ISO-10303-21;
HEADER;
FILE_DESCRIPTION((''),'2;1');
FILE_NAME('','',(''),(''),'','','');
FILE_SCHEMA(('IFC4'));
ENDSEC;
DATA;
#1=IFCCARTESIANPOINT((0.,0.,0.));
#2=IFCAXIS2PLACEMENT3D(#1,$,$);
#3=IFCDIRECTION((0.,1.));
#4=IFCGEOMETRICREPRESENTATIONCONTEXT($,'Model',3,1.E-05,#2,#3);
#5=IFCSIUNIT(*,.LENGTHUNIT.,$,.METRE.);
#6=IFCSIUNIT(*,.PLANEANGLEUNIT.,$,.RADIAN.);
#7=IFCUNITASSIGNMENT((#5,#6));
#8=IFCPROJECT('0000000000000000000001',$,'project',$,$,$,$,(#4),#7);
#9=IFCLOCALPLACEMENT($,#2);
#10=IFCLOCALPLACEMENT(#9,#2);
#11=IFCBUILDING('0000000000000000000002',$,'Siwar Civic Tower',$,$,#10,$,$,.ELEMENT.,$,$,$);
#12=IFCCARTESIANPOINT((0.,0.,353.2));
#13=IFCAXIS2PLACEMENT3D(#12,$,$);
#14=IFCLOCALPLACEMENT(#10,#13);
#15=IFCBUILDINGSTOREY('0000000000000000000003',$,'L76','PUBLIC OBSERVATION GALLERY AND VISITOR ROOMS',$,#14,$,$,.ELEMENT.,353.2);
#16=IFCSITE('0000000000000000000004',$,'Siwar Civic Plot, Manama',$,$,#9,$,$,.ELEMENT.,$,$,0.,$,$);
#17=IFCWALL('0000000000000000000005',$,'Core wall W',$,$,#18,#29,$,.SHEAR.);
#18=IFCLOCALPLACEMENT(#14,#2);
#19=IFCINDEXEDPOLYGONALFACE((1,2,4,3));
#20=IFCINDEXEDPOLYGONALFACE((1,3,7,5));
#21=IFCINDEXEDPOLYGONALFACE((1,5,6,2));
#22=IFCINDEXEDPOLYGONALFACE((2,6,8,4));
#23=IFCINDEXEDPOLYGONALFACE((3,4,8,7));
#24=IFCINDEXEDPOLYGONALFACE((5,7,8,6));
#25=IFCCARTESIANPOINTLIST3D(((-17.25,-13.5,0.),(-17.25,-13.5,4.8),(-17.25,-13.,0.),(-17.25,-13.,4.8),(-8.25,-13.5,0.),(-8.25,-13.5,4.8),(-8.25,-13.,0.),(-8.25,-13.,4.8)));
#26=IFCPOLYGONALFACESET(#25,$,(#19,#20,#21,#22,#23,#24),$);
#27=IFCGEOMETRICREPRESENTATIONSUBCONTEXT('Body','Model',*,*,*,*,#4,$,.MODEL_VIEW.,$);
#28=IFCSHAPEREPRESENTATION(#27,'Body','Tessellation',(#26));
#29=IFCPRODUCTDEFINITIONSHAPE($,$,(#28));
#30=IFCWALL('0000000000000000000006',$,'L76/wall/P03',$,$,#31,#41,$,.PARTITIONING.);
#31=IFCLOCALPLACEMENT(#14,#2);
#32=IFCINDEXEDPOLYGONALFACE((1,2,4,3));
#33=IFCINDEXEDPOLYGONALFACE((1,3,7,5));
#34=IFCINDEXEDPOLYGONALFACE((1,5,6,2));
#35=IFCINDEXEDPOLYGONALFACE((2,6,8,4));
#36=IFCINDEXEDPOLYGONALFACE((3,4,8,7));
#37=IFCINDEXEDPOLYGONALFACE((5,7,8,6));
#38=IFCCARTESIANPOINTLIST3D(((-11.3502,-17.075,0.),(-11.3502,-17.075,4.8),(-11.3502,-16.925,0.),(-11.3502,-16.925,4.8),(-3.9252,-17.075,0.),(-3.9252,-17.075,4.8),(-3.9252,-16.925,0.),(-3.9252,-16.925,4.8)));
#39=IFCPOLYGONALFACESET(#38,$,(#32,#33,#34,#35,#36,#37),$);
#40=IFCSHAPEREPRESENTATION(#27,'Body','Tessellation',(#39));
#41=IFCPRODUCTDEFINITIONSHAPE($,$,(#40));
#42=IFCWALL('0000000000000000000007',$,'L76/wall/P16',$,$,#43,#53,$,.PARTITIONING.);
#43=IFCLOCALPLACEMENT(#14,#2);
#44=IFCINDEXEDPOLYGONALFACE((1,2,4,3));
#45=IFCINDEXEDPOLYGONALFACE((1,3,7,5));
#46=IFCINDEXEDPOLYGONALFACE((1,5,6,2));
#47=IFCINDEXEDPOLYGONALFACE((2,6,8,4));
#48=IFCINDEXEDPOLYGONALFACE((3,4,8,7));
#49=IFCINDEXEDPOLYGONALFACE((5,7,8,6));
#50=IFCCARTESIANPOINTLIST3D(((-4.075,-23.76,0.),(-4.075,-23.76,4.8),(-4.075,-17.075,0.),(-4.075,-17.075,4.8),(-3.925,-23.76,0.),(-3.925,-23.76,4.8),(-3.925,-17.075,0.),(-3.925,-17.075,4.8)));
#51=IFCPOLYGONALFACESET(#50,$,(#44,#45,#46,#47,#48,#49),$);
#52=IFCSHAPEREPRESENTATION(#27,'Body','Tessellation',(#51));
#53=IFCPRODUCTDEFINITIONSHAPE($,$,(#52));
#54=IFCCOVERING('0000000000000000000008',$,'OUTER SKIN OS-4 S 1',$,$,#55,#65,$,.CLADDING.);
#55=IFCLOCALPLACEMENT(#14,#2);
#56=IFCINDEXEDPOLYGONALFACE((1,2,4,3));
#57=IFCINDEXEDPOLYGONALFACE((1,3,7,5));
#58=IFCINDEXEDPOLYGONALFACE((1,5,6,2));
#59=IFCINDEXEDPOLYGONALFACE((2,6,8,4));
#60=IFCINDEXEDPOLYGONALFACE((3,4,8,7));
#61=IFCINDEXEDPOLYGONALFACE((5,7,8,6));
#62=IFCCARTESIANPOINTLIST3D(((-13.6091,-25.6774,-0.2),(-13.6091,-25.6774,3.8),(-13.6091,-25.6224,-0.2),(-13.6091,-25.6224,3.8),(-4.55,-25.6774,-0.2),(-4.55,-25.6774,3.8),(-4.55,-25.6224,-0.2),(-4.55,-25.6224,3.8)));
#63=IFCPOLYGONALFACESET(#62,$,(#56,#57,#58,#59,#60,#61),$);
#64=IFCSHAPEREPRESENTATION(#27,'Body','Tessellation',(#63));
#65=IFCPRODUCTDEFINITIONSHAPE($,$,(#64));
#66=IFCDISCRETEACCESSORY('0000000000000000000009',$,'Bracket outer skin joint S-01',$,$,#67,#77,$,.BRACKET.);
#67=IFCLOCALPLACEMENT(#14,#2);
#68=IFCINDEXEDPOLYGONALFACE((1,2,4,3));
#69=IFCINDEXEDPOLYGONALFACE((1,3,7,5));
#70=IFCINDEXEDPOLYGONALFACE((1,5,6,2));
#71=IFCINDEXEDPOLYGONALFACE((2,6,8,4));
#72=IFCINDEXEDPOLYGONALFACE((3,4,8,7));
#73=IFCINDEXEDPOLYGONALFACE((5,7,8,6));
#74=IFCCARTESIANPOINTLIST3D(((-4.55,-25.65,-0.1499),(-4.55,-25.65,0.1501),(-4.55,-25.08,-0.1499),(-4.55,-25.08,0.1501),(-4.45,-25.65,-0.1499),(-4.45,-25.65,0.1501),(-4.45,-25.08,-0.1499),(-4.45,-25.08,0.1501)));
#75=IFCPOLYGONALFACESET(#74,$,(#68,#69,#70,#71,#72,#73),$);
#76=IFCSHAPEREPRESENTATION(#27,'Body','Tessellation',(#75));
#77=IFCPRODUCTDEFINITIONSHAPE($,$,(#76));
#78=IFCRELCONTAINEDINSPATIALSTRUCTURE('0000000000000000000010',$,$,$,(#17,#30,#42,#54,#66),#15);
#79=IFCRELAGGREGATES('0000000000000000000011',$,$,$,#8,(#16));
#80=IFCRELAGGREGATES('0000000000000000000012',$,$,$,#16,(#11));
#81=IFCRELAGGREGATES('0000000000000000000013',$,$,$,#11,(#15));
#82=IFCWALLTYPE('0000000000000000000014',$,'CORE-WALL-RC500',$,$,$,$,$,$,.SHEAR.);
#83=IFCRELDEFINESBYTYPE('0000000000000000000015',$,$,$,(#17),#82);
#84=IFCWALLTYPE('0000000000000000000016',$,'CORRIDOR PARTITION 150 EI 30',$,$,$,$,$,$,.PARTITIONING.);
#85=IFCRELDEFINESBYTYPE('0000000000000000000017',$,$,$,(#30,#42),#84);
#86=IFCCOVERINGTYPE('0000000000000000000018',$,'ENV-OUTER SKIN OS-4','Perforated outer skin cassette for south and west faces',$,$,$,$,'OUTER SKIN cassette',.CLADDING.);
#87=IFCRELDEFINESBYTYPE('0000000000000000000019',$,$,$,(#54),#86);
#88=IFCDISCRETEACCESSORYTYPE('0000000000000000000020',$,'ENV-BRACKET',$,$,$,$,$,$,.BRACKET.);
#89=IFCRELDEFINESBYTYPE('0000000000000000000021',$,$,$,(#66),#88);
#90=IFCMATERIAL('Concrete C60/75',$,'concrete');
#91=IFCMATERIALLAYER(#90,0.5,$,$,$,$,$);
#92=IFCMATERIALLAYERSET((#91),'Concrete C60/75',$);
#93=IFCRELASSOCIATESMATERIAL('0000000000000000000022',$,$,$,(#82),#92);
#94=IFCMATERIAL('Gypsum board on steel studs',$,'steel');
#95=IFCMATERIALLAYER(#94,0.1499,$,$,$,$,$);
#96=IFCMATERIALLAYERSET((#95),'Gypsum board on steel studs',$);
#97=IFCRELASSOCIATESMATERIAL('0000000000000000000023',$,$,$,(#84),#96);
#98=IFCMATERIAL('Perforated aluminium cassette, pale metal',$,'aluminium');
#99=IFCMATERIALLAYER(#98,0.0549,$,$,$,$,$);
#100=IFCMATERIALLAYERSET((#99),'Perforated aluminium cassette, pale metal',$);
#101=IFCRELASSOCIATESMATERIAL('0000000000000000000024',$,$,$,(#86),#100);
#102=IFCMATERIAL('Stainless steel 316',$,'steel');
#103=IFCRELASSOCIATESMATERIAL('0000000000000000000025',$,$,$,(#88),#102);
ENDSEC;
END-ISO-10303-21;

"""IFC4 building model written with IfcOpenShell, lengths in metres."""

from ifc_helpers import new_model, si_unit, direction, frame, frame_2d, origin, origin_2d, place, context, subcontext, project, spatial, rectangle, extrude, material, layer, layer_set, type_object, element, save


model = new_model("IFC4")

# Units and contexts
model_context = context("Model", 3, precision=1e-05, world=origin(), true_north=direction((0.0, 1.0)))
body_context = subcontext(model_context, "Body", "Model", "MODEL_VIEW")
ifc_project = project(units=[si_unit("LENGTHUNIT", "METRE"), si_unit("PLANEANGLEUNIT", "RADIAN")], contexts=[model_context])

# Site, building, storey
site_placement = place(None, origin())
site = spatial("IfcSite", under=ifc_project, at=site_placement, Name="Siwar Civic Plot, Manama", CompositionType="ELEMENT", RefElevation=0.0)
building_placement = place(site_placement, origin())
building = spatial("IfcBuilding", under=site, at=building_placement, Name="Siwar Civic Tower", CompositionType="ELEMENT")
storey_placement = place(building_placement, frame((0.0, 0.0, 353.2)))
storey = spatial("IfcBuildingStorey", under=building, at=storey_placement, Name="L76", Description="PUBLIC OBSERVATION GALLERY AND VISITOR ROOMS", CompositionType="ELEMENT", Elevation=353.2)

# Walls
ifc_material_1 = material(Name="Concrete C60/75", Category="concrete")
ifc_layer_1 = layer(ifc_material_1, 0.5)
ifc_layer_set_1 = layer_set([ifc_layer_1], Name="Concrete C60/75")
wall_type_1 = type_object("IfcWallType", Name="CORE-WALL-RC500", PredefinedType="SHEAR", material=ifc_layer_set_1)
wall_1_placement = place(storey_placement, frame((-8.25, -13.25, 0.0), z_axis=(0.0, 0.0, 1.0), x_axis=(-1.0, 0.0, 0.0)))
element("IfcWall", 1, at=wall_1_placement, inside=storey, type_object=wall_type_1, Name="Core wall W", PredefinedType="SHEAR", context=body_context, shape_type="SweptSolid", body=[
    extrude(rectangle(XDim=9.0, YDim=0.5, at=frame_2d((4.5, 0.0))), origin(), (0.0, 0.0, 1.0), 4.8),
])
ifc_material_2 = material(Name="Gypsum board on steel studs", Category="steel")
ifc_layer_2 = layer(ifc_material_2, 0.1499)
ifc_layer_set_2 = layer_set([ifc_layer_2], Name="Gypsum board on steel studs")
wall_type_2 = type_object("IfcWallType", Name="CORRIDOR PARTITION 150 EI 30", PredefinedType="PARTITIONING", material=ifc_layer_set_2)
wall_2_placement = place(storey_placement, frame((-11.3501, -17.0, 0.0), z_axis=(0.0, 0.0, 1.0), x_axis=(1.0, 0.0, 0.0)))
element("IfcWall", 2, at=wall_2_placement, inside=storey, type_object=wall_type_2, Name="L76/wall/P03", PredefinedType="PARTITIONING", context=body_context, shape_type="SweptSolid", body=[
    extrude(rectangle(XDim=7.425, YDim=0.1499, at=frame_2d((3.7124, 0.0))), origin(), (0.0, 0.0, 1.0), 4.8),
])
wall_3_placement = place(storey_placement, frame((-4.0, -23.76, 0.0), z_axis=(0.0, 0.0, 1.0), x_axis=(0.0, 1.0, 0.0)))
element("IfcWall", 3, at=wall_3_placement, inside=storey, type_object=wall_type_2, Name="L76/wall/P16", PredefinedType="PARTITIONING", context=body_context, shape_type="SweptSolid", body=[
    extrude(rectangle(XDim=6.6851, YDim=0.1499, at=frame_2d((3.3425, 0.0))), origin(), (0.0, 0.0, 1.0), 4.8),
])

# Covering
ifc_material_3 = material(Name="Perforated aluminium cassette, pale metal", Category="aluminium")
ifc_layer_3 = layer(ifc_material_3, 0.0549)
ifc_layer_set_3 = layer_set([ifc_layer_3], Name="Perforated aluminium cassette, pale metal")
covering_type = type_object("IfcCoveringType", Name="ENV-OUTER SKIN OS-4", Description="Perforated outer skin cassette for south and west faces", ElementType="OUTER SKIN cassette", PredefinedType="CLADDING", material=ifc_layer_set_3)
covering_placement = place(storey_placement, frame((-9.0796, -25.6499, -0.2), z_axis=(0.0, 0.0, 1.0), x_axis=(1.0, 0.0, 0.0)))
element("IfcCovering", 4, at=covering_placement, inside=storey, type_object=covering_type, Name="OUTER SKIN OS-4 S 1", PredefinedType="CLADDING", context=body_context, shape_type="SweptSolid", body=[
    extrude(rectangle(XDim=9.0591, YDim=0.0549, at=origin_2d()), origin(), (0.0, 0.0, 1.0), 4.0),
])

# Discrete accessory
ifc_material_4 = material(Name="Stainless steel 316", Category="steel")
discrete_accessory_type = type_object("IfcDiscreteAccessoryType", Name="ENV-BRACKET", PredefinedType="BRACKET", material=ifc_material_4)
discrete_accessory_placement = place(storey_placement, frame((-4.5, -25.365, -0.1499), z_axis=(0.0, 0.0, 1.0), x_axis=(0.0, -1.0, 0.0)))
element("IfcDiscreteAccessory", 5, at=discrete_accessory_placement, inside=storey, type_object=discrete_accessory_type, Name="Bracket outer skin joint S-01", PredefinedType="BRACKET", context=body_context, shape_type="SweptSolid", body=[
    extrude(rectangle(XDim=0.5701, YDim=0.1001, at=origin_2d()), origin(), (0.0, 0.0, 1.0), 0.3),
])

save(model, "model.ifc")
